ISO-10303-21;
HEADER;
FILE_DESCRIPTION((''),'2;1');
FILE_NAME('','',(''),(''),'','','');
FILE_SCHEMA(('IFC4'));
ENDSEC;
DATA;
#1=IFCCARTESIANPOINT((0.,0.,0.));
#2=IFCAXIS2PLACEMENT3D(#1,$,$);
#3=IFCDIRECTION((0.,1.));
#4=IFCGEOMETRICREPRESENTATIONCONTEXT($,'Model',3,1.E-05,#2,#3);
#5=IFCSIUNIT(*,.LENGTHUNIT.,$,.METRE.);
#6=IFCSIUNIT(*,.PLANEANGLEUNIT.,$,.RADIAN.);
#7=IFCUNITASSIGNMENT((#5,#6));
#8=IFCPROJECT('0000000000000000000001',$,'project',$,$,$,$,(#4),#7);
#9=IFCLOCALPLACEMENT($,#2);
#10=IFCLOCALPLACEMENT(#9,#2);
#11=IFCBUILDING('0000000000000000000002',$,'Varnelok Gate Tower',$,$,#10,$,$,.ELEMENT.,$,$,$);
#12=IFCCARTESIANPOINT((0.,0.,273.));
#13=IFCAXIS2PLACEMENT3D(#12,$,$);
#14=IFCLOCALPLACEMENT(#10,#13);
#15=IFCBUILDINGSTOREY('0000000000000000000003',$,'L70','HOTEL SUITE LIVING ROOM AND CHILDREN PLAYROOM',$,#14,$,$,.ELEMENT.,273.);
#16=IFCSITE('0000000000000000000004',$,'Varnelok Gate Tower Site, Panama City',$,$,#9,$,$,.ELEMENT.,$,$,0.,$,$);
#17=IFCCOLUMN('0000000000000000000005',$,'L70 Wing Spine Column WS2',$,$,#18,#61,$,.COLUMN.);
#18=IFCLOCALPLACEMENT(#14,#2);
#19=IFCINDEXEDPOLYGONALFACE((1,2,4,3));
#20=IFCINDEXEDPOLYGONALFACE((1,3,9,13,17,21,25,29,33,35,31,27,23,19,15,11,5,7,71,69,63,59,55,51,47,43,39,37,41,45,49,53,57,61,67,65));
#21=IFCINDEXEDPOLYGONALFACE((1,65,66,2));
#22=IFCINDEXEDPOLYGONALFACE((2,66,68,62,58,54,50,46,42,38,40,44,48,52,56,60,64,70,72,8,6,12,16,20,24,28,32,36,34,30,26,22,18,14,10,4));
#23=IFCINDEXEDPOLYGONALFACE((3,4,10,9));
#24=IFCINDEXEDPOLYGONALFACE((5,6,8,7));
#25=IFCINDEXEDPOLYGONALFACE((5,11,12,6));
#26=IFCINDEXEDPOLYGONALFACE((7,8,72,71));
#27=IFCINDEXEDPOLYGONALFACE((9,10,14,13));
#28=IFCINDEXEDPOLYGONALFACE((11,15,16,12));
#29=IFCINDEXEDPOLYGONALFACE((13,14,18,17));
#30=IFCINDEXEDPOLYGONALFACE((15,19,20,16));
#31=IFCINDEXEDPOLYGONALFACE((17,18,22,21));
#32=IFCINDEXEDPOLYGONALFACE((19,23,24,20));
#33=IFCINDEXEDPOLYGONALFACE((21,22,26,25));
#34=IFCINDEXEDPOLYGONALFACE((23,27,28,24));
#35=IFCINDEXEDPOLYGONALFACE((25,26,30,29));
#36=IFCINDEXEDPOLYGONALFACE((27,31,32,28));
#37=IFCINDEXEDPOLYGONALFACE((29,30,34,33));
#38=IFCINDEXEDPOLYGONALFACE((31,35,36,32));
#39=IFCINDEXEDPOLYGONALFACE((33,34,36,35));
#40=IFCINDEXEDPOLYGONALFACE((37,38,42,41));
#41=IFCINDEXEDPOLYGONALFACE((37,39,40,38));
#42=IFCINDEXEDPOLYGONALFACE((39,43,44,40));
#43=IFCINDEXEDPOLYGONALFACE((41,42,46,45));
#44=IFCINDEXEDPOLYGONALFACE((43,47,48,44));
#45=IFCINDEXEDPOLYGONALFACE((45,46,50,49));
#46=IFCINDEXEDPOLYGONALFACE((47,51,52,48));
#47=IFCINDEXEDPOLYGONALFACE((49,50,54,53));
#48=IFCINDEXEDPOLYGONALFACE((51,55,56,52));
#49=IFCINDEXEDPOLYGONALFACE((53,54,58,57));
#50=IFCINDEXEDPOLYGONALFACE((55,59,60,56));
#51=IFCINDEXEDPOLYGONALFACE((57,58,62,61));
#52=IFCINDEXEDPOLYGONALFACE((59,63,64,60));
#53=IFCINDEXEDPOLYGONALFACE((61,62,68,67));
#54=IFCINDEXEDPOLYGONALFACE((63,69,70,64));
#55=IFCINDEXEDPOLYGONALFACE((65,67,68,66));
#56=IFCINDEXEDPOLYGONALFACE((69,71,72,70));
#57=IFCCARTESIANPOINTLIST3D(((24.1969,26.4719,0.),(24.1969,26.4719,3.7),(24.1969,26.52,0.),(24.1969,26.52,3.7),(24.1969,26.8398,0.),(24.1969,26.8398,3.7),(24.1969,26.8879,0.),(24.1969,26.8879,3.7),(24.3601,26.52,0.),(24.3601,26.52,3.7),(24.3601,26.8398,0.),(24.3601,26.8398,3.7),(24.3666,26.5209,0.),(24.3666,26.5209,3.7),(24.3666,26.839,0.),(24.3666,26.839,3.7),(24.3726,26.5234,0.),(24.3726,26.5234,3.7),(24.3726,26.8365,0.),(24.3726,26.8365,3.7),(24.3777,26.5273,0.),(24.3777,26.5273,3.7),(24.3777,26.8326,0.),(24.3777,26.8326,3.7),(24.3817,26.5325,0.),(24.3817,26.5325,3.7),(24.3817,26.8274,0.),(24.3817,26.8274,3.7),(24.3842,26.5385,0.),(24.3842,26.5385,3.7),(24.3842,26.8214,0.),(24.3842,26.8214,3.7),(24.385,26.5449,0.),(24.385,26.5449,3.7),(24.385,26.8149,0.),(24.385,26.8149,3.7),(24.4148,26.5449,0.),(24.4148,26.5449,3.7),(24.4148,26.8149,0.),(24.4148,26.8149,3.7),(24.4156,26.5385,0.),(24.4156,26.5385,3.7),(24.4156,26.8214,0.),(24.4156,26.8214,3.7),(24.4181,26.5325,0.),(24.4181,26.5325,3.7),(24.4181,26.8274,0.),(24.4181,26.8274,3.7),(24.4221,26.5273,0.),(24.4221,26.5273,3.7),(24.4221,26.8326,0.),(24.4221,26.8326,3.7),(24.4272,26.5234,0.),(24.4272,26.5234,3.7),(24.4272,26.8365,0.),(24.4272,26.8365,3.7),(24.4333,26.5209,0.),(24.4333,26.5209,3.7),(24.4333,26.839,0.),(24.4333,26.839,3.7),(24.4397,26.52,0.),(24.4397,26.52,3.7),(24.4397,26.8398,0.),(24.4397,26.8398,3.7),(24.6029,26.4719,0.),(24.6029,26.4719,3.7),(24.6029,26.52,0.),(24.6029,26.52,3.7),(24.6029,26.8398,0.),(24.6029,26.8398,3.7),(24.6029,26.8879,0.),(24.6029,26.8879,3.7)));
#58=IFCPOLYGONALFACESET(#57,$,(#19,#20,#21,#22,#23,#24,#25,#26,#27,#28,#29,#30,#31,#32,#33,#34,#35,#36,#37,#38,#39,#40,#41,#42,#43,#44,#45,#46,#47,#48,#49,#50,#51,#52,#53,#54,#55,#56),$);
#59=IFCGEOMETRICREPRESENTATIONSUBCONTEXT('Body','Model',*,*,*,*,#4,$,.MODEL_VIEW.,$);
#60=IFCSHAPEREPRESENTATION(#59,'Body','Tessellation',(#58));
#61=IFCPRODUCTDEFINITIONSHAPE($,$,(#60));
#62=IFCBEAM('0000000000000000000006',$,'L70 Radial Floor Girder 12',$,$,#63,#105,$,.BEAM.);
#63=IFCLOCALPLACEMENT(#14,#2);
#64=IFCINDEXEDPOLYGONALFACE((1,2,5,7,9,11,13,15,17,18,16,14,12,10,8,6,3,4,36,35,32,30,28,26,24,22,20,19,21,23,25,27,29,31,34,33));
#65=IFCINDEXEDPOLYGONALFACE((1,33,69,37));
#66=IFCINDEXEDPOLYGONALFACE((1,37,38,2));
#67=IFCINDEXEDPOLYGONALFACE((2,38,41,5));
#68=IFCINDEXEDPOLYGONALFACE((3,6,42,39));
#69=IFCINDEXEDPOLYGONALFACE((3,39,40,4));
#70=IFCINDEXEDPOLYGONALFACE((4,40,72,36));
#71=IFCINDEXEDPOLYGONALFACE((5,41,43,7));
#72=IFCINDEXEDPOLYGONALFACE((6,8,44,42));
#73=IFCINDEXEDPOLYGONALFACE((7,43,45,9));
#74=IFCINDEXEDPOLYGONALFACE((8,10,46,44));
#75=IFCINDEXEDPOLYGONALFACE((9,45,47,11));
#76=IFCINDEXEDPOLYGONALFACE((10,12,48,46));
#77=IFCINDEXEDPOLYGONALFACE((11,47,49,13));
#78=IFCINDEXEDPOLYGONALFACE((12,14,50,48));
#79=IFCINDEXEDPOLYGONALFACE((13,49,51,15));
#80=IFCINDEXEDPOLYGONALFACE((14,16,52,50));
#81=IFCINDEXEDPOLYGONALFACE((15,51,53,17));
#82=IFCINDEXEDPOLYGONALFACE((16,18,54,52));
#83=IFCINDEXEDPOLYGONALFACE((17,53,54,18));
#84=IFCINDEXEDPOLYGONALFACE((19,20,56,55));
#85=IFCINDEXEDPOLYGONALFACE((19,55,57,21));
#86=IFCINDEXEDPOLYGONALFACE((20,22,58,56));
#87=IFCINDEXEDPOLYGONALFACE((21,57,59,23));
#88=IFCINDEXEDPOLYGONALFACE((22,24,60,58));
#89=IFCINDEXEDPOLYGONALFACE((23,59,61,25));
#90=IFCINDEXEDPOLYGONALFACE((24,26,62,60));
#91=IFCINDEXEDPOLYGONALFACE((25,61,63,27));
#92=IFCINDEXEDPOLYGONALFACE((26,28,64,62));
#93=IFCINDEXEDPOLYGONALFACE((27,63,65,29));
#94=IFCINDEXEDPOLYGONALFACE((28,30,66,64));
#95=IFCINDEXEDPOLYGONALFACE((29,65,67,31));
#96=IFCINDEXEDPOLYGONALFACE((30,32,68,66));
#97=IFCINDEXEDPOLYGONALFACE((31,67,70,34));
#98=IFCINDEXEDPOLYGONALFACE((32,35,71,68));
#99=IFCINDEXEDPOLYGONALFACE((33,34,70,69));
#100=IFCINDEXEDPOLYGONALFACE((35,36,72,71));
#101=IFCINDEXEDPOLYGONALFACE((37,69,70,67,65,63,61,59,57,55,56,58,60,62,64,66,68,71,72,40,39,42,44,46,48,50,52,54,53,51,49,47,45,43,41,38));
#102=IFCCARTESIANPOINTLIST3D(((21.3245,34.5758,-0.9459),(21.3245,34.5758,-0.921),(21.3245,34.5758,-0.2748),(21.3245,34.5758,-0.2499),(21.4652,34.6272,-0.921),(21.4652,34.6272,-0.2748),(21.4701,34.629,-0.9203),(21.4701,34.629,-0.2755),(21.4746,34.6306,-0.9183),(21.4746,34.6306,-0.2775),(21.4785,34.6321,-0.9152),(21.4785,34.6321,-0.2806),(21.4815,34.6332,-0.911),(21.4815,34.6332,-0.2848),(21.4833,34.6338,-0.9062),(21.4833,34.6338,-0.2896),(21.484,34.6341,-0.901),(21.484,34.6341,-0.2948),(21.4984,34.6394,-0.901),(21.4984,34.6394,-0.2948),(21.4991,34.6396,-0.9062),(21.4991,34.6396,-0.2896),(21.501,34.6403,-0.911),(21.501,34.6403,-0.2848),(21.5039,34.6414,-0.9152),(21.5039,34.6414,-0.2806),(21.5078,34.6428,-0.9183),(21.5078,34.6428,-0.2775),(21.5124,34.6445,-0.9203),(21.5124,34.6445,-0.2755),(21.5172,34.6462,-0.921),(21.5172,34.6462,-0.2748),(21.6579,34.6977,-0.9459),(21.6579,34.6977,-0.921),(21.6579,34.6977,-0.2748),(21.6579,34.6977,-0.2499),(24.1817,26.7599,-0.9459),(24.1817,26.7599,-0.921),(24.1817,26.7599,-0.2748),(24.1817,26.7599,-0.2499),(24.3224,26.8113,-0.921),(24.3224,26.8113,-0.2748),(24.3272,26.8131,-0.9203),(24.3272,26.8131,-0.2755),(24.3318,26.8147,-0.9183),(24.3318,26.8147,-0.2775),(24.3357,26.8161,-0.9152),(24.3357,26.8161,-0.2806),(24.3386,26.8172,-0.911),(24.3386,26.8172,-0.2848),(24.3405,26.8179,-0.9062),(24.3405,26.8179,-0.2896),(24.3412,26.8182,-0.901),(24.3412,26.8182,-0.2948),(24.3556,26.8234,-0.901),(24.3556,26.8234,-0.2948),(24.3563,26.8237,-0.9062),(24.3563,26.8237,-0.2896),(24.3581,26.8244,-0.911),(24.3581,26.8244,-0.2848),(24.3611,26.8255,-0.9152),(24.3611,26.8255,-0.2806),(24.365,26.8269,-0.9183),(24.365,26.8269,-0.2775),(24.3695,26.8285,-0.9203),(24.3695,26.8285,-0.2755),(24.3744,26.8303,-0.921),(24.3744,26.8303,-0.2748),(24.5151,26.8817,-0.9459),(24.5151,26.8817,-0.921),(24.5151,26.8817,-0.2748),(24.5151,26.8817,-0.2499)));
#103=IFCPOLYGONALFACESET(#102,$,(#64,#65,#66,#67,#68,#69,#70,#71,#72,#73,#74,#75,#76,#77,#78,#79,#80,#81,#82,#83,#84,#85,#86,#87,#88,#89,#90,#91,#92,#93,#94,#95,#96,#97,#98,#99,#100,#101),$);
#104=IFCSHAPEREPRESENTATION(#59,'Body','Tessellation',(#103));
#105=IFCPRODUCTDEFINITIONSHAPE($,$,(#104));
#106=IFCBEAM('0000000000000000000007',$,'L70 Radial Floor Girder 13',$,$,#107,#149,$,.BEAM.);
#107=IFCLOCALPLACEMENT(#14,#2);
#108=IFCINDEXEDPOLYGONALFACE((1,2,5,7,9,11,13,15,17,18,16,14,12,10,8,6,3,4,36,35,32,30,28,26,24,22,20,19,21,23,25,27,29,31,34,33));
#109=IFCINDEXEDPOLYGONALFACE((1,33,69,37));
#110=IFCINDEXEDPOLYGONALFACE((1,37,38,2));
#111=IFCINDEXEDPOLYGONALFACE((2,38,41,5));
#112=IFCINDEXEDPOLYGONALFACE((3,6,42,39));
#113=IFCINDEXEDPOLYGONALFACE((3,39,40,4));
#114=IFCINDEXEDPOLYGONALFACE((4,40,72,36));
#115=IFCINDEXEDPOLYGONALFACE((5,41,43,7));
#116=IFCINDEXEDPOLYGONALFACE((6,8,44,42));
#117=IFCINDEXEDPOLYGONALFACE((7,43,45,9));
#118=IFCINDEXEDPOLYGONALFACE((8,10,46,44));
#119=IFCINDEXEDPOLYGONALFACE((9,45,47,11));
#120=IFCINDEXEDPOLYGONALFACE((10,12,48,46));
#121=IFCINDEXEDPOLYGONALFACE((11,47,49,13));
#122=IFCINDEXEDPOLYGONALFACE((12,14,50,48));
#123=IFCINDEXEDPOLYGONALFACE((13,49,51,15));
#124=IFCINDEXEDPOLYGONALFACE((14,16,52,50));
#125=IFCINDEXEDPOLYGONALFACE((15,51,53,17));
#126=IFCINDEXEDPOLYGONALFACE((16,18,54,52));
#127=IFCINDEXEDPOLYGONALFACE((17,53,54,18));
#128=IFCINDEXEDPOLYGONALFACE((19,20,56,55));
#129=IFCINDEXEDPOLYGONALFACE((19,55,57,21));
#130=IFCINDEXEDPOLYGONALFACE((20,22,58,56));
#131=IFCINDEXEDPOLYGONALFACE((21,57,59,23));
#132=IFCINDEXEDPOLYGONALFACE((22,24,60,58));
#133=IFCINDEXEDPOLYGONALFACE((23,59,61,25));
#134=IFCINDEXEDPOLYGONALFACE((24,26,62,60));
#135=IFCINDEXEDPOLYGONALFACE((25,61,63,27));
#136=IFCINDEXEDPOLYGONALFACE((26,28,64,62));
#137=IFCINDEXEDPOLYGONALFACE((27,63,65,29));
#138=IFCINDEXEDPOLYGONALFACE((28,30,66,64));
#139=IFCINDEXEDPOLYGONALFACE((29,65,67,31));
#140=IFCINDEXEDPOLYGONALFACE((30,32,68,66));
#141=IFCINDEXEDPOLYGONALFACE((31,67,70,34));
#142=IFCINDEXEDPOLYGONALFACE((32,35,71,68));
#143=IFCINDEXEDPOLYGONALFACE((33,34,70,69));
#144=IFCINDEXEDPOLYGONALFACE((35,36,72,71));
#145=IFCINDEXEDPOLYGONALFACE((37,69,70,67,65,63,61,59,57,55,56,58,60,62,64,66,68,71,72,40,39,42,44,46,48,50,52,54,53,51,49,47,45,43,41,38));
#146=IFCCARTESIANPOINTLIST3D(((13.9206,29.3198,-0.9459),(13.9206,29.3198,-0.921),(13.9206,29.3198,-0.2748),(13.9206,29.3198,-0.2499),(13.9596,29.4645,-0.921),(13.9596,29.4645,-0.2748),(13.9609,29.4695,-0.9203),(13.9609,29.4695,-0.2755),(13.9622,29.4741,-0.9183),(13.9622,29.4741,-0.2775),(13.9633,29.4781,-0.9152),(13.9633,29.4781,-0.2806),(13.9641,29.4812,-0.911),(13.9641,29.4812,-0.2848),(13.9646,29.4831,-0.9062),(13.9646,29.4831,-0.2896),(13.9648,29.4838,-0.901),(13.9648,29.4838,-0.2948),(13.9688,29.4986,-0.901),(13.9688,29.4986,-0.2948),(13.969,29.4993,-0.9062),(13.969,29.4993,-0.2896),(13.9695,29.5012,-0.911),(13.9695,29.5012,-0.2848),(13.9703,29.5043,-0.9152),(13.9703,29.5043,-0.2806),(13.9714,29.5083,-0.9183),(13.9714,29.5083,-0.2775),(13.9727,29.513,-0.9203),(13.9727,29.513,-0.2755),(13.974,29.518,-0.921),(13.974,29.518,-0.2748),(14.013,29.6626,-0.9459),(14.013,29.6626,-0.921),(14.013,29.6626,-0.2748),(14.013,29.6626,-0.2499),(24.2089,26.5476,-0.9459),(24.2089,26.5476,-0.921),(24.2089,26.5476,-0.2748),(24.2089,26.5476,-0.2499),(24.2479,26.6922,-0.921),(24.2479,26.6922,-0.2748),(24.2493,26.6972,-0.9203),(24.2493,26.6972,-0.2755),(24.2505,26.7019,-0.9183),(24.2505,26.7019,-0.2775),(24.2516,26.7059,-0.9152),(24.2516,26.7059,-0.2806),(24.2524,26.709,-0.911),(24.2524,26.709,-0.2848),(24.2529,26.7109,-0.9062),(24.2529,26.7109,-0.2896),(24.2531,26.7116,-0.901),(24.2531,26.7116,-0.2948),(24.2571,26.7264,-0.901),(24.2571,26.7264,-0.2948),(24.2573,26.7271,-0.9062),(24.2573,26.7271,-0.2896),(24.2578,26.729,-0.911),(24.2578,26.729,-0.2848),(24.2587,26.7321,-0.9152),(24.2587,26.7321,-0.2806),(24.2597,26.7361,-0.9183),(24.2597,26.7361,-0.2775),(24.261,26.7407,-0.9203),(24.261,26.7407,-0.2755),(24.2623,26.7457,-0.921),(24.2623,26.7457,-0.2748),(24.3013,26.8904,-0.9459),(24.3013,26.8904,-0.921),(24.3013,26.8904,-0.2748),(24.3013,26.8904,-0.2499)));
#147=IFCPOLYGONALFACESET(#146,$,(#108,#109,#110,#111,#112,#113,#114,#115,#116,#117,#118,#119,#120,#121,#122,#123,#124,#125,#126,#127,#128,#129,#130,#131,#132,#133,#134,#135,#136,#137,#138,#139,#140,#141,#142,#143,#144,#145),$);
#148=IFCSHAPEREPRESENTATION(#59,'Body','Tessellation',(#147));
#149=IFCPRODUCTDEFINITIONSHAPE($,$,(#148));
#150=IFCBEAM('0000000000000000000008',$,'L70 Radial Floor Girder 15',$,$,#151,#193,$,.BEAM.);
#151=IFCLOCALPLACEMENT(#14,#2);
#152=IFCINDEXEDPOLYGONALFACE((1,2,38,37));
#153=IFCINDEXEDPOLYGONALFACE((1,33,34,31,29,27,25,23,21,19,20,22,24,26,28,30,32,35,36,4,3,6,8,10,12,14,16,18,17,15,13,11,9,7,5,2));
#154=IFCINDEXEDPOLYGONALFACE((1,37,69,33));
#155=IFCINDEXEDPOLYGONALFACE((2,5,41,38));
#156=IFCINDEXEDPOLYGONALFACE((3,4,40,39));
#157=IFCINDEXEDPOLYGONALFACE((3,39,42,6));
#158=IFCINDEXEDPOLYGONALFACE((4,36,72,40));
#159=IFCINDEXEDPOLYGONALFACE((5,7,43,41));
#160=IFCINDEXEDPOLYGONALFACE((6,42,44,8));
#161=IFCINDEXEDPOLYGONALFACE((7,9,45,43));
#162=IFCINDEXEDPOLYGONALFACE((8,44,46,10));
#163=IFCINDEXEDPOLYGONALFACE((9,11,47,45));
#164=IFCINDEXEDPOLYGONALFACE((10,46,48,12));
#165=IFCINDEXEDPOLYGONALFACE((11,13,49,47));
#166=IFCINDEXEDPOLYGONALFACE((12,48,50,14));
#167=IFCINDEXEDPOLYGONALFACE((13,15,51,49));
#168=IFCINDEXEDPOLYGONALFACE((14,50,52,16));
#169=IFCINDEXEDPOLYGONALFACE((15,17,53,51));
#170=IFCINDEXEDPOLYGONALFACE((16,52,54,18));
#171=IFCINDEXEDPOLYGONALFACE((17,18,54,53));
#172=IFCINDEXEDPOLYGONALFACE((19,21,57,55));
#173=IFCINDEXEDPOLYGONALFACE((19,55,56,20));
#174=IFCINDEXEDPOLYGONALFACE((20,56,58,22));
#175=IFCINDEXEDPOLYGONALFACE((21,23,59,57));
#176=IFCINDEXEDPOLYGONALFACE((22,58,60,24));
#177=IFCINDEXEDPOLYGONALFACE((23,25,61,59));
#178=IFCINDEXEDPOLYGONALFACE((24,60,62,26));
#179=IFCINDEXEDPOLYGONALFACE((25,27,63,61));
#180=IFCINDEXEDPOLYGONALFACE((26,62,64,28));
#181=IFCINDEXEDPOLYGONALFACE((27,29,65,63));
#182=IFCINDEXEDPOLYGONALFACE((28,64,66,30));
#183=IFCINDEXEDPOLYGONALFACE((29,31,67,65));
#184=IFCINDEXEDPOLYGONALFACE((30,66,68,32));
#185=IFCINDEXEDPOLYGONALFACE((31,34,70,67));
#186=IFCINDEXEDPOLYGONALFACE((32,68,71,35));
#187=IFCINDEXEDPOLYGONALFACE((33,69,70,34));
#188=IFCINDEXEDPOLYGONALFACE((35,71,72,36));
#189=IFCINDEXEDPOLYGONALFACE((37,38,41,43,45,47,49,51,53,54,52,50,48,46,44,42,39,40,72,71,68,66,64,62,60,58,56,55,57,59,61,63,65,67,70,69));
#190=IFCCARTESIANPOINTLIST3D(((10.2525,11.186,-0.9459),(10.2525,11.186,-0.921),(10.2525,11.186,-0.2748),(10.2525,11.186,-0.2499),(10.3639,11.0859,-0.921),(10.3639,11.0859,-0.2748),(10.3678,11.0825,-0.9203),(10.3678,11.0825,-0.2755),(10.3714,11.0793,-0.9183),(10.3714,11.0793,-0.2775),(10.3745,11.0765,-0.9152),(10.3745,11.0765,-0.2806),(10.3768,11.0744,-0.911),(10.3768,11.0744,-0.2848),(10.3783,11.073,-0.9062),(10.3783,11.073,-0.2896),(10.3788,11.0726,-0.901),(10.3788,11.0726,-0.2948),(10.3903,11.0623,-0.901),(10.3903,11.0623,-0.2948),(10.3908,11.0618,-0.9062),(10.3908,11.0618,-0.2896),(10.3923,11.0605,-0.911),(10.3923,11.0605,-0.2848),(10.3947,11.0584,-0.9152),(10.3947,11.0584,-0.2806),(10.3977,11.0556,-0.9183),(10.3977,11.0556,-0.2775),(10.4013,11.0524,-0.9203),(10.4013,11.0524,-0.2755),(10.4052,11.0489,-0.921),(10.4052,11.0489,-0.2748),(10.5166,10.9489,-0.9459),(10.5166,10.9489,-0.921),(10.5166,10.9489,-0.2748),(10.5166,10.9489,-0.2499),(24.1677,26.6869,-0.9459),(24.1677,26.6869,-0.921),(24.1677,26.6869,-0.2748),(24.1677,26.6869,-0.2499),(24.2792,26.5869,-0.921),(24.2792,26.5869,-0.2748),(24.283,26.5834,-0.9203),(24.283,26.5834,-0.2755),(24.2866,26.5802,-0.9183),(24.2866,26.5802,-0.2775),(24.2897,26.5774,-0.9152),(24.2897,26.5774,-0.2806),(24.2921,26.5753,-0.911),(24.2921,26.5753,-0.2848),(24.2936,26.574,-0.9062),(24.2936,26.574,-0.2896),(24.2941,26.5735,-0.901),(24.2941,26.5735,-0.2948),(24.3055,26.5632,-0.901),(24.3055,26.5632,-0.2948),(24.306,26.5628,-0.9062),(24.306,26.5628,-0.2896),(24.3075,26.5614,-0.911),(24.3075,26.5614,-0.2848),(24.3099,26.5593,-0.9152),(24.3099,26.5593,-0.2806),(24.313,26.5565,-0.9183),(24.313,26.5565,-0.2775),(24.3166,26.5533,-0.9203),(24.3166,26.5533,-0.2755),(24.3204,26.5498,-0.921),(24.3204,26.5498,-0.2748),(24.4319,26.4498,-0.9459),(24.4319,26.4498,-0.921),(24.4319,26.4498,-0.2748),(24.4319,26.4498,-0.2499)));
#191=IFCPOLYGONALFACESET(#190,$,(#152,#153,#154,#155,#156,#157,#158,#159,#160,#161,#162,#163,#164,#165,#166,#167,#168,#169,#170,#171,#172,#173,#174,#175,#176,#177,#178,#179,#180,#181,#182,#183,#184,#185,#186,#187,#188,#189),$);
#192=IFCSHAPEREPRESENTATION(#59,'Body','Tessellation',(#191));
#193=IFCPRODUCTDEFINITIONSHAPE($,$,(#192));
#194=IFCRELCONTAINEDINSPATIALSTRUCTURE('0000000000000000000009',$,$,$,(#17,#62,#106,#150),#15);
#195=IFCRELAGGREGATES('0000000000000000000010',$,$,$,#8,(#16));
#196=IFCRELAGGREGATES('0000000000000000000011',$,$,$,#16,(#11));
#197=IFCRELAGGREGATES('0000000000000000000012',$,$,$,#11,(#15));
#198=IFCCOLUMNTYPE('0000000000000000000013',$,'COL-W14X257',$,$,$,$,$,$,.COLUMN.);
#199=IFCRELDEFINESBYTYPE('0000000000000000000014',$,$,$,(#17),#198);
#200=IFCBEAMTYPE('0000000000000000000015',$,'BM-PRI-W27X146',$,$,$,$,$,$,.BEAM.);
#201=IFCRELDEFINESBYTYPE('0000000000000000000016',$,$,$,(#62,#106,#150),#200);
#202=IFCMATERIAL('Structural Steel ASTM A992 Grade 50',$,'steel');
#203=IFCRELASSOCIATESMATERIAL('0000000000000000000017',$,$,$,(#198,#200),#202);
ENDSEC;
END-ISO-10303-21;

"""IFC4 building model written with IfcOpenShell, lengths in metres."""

from ifc_helpers import new_model, si_unit, direction, frame, origin, origin_2d, place, context, subcontext, project, spatial, i_section, extrude, material, material_profile, profile_set, type_object, element, save


model = new_model("IFC4")

# Units and contexts
model_context = context("Model", 3, precision=1e-05, world=origin(), true_north=direction((0.0, 1.0)))
body_context = subcontext(model_context, "Body", "Model", "MODEL_VIEW")
ifc_project = project(units=[si_unit("LENGTHUNIT", "METRE"), si_unit("PLANEANGLEUNIT", "RADIAN")], contexts=[model_context])

# Site, building, storey
site_placement = place(None, origin())
site = spatial("IfcSite", under=ifc_project, at=site_placement, Name="Varnelok Gate Tower Site, Panama City", CompositionType="ELEMENT", RefElevation=0.0)
building_placement = place(site_placement, origin())
building = spatial("IfcBuilding", under=site, at=building_placement, Name="Varnelok Gate Tower", CompositionType="ELEMENT")
storey_placement = place(building_placement, frame((0.0, 0.0, 273.0)))
storey = spatial("IfcBuildingStorey", under=building, at=storey_placement, Name="L70", Description="HOTEL SUITE LIVING ROOM AND CHILDREN PLAYROOM", CompositionType="ELEMENT", Elevation=273.0)

# Column
ifc_material_1 = material(Name="Structural Steel ASTM A992 Grade 50", Category="steel")
ifc_material_profile_1 = material_profile(ifc_material_1, i_section(OverallWidth=0.406, OverallDepth=0.416, WebThickness=0.0298, FlangeThickness=0.0481, FilletRadius=0.0249, at=origin_2d()), Name="W14X257")
ifc_profile_set_1 = profile_set([ifc_material_profile_1], Name="Structural Steel ASTM A992 Grade 50")
column_type = type_object("IfcColumnType", Name="COL-W14X257", PredefinedType="COLUMN", material=ifc_profile_set_1)
column_placement = place(storey_placement, frame((24.3999, 26.6799, 0.0), z_axis=(0.0, 0.0, 1.0), x_axis=(1.0, 0.0, 0.0)))
element("IfcColumn", 1, at=column_placement, inside=storey, type_object=column_type, Name="L70 Wing Spine Column WS2", PredefinedType="COLUMN", context=body_context, shape_type="SweptSolid", body=[
    extrude(i_section(OverallWidth=0.406, OverallDepth=0.416, WebThickness=0.0298, FlangeThickness=0.0481, FilletRadius=0.0249, at=origin_2d()), origin(), (0.0, 0.0, 1.0), 3.7),
])

# Beams
ifc_material_profile_2 = material_profile(ifc_material_1, i_section(OverallWidth=0.355, OverallDepth=0.696, WebThickness=0.0154, FlangeThickness=0.0249, FilletRadius=0.02, at=origin_2d()), Name="W27X146")
ifc_profile_set_2 = profile_set([ifc_material_profile_2], Name="Structural Steel ASTM A992 Grade 50")
beam_type_1 = type_object("IfcBeamType", Name="BM-PRI-W27X146", PredefinedType="BEAM", material=ifc_profile_set_2)
beam_1_placement = place(storey_placement, frame((24.3484, 26.8208, -0.5979), z_axis=(-0.343337, 0.939212, 0.0), x_axis=(-0.939212, -0.343337, 0.0)))
element("IfcBeam", 2, at=beam_1_placement, inside=storey, type_object=beam_type_1, Name="L70 Radial Floor Girder 12", PredefinedType="BEAM", context=body_context, shape_type="SweptSolid", body=[
    extrude(i_section(OverallWidth=0.355, OverallDepth=0.696, WebThickness=0.0154, FlangeThickness=0.0249, FilletRadius=0.02, at=origin_2d()), origin(), (0.0, 0.0, 1.0), 8.3218),
])
beam_2_placement = place(storey_placement, frame((24.2551, 26.719, -0.5979), z_axis=(-0.965562, 0.260173, 0.0), x_axis=(-0.260173, -0.965562, 0.0)))
element("IfcBeam", 3, at=beam_2_placement, inside=storey, type_object=beam_type_1, Name="L70 Radial Floor Girder 13", PredefinedType="BEAM", context=body_context, shape_type="SweptSolid", body=[
    extrude(i_section(OverallWidth=0.355, OverallDepth=0.696, WebThickness=0.0154, FlangeThickness=0.0249, FilletRadius=0.02, at=origin_2d()), origin(), (0.0, 0.0, 1.0), 10.6553),
])
beam_3_placement = place(storey_placement, frame((24.2998, 26.5684, -0.5979), z_axis=(-0.66802, -0.744143, 0.0), x_axis=(0.744143, -0.66802, 0.0)))
element("IfcBeam", 4, at=beam_3_placement, inside=storey, type_object=beam_type_1, Name="L70 Radial Floor Girder 15", PredefinedType="BEAM", context=body_context, shape_type="SweptSolid", body=[
    extrude(i_section(OverallWidth=0.355, OverallDepth=0.696, WebThickness=0.0154, FlangeThickness=0.0249, FilletRadius=0.02, at=origin_2d()), origin(), (0.0, 0.0, 1.0), 20.8306),
])

save(model, "model.ifc")
